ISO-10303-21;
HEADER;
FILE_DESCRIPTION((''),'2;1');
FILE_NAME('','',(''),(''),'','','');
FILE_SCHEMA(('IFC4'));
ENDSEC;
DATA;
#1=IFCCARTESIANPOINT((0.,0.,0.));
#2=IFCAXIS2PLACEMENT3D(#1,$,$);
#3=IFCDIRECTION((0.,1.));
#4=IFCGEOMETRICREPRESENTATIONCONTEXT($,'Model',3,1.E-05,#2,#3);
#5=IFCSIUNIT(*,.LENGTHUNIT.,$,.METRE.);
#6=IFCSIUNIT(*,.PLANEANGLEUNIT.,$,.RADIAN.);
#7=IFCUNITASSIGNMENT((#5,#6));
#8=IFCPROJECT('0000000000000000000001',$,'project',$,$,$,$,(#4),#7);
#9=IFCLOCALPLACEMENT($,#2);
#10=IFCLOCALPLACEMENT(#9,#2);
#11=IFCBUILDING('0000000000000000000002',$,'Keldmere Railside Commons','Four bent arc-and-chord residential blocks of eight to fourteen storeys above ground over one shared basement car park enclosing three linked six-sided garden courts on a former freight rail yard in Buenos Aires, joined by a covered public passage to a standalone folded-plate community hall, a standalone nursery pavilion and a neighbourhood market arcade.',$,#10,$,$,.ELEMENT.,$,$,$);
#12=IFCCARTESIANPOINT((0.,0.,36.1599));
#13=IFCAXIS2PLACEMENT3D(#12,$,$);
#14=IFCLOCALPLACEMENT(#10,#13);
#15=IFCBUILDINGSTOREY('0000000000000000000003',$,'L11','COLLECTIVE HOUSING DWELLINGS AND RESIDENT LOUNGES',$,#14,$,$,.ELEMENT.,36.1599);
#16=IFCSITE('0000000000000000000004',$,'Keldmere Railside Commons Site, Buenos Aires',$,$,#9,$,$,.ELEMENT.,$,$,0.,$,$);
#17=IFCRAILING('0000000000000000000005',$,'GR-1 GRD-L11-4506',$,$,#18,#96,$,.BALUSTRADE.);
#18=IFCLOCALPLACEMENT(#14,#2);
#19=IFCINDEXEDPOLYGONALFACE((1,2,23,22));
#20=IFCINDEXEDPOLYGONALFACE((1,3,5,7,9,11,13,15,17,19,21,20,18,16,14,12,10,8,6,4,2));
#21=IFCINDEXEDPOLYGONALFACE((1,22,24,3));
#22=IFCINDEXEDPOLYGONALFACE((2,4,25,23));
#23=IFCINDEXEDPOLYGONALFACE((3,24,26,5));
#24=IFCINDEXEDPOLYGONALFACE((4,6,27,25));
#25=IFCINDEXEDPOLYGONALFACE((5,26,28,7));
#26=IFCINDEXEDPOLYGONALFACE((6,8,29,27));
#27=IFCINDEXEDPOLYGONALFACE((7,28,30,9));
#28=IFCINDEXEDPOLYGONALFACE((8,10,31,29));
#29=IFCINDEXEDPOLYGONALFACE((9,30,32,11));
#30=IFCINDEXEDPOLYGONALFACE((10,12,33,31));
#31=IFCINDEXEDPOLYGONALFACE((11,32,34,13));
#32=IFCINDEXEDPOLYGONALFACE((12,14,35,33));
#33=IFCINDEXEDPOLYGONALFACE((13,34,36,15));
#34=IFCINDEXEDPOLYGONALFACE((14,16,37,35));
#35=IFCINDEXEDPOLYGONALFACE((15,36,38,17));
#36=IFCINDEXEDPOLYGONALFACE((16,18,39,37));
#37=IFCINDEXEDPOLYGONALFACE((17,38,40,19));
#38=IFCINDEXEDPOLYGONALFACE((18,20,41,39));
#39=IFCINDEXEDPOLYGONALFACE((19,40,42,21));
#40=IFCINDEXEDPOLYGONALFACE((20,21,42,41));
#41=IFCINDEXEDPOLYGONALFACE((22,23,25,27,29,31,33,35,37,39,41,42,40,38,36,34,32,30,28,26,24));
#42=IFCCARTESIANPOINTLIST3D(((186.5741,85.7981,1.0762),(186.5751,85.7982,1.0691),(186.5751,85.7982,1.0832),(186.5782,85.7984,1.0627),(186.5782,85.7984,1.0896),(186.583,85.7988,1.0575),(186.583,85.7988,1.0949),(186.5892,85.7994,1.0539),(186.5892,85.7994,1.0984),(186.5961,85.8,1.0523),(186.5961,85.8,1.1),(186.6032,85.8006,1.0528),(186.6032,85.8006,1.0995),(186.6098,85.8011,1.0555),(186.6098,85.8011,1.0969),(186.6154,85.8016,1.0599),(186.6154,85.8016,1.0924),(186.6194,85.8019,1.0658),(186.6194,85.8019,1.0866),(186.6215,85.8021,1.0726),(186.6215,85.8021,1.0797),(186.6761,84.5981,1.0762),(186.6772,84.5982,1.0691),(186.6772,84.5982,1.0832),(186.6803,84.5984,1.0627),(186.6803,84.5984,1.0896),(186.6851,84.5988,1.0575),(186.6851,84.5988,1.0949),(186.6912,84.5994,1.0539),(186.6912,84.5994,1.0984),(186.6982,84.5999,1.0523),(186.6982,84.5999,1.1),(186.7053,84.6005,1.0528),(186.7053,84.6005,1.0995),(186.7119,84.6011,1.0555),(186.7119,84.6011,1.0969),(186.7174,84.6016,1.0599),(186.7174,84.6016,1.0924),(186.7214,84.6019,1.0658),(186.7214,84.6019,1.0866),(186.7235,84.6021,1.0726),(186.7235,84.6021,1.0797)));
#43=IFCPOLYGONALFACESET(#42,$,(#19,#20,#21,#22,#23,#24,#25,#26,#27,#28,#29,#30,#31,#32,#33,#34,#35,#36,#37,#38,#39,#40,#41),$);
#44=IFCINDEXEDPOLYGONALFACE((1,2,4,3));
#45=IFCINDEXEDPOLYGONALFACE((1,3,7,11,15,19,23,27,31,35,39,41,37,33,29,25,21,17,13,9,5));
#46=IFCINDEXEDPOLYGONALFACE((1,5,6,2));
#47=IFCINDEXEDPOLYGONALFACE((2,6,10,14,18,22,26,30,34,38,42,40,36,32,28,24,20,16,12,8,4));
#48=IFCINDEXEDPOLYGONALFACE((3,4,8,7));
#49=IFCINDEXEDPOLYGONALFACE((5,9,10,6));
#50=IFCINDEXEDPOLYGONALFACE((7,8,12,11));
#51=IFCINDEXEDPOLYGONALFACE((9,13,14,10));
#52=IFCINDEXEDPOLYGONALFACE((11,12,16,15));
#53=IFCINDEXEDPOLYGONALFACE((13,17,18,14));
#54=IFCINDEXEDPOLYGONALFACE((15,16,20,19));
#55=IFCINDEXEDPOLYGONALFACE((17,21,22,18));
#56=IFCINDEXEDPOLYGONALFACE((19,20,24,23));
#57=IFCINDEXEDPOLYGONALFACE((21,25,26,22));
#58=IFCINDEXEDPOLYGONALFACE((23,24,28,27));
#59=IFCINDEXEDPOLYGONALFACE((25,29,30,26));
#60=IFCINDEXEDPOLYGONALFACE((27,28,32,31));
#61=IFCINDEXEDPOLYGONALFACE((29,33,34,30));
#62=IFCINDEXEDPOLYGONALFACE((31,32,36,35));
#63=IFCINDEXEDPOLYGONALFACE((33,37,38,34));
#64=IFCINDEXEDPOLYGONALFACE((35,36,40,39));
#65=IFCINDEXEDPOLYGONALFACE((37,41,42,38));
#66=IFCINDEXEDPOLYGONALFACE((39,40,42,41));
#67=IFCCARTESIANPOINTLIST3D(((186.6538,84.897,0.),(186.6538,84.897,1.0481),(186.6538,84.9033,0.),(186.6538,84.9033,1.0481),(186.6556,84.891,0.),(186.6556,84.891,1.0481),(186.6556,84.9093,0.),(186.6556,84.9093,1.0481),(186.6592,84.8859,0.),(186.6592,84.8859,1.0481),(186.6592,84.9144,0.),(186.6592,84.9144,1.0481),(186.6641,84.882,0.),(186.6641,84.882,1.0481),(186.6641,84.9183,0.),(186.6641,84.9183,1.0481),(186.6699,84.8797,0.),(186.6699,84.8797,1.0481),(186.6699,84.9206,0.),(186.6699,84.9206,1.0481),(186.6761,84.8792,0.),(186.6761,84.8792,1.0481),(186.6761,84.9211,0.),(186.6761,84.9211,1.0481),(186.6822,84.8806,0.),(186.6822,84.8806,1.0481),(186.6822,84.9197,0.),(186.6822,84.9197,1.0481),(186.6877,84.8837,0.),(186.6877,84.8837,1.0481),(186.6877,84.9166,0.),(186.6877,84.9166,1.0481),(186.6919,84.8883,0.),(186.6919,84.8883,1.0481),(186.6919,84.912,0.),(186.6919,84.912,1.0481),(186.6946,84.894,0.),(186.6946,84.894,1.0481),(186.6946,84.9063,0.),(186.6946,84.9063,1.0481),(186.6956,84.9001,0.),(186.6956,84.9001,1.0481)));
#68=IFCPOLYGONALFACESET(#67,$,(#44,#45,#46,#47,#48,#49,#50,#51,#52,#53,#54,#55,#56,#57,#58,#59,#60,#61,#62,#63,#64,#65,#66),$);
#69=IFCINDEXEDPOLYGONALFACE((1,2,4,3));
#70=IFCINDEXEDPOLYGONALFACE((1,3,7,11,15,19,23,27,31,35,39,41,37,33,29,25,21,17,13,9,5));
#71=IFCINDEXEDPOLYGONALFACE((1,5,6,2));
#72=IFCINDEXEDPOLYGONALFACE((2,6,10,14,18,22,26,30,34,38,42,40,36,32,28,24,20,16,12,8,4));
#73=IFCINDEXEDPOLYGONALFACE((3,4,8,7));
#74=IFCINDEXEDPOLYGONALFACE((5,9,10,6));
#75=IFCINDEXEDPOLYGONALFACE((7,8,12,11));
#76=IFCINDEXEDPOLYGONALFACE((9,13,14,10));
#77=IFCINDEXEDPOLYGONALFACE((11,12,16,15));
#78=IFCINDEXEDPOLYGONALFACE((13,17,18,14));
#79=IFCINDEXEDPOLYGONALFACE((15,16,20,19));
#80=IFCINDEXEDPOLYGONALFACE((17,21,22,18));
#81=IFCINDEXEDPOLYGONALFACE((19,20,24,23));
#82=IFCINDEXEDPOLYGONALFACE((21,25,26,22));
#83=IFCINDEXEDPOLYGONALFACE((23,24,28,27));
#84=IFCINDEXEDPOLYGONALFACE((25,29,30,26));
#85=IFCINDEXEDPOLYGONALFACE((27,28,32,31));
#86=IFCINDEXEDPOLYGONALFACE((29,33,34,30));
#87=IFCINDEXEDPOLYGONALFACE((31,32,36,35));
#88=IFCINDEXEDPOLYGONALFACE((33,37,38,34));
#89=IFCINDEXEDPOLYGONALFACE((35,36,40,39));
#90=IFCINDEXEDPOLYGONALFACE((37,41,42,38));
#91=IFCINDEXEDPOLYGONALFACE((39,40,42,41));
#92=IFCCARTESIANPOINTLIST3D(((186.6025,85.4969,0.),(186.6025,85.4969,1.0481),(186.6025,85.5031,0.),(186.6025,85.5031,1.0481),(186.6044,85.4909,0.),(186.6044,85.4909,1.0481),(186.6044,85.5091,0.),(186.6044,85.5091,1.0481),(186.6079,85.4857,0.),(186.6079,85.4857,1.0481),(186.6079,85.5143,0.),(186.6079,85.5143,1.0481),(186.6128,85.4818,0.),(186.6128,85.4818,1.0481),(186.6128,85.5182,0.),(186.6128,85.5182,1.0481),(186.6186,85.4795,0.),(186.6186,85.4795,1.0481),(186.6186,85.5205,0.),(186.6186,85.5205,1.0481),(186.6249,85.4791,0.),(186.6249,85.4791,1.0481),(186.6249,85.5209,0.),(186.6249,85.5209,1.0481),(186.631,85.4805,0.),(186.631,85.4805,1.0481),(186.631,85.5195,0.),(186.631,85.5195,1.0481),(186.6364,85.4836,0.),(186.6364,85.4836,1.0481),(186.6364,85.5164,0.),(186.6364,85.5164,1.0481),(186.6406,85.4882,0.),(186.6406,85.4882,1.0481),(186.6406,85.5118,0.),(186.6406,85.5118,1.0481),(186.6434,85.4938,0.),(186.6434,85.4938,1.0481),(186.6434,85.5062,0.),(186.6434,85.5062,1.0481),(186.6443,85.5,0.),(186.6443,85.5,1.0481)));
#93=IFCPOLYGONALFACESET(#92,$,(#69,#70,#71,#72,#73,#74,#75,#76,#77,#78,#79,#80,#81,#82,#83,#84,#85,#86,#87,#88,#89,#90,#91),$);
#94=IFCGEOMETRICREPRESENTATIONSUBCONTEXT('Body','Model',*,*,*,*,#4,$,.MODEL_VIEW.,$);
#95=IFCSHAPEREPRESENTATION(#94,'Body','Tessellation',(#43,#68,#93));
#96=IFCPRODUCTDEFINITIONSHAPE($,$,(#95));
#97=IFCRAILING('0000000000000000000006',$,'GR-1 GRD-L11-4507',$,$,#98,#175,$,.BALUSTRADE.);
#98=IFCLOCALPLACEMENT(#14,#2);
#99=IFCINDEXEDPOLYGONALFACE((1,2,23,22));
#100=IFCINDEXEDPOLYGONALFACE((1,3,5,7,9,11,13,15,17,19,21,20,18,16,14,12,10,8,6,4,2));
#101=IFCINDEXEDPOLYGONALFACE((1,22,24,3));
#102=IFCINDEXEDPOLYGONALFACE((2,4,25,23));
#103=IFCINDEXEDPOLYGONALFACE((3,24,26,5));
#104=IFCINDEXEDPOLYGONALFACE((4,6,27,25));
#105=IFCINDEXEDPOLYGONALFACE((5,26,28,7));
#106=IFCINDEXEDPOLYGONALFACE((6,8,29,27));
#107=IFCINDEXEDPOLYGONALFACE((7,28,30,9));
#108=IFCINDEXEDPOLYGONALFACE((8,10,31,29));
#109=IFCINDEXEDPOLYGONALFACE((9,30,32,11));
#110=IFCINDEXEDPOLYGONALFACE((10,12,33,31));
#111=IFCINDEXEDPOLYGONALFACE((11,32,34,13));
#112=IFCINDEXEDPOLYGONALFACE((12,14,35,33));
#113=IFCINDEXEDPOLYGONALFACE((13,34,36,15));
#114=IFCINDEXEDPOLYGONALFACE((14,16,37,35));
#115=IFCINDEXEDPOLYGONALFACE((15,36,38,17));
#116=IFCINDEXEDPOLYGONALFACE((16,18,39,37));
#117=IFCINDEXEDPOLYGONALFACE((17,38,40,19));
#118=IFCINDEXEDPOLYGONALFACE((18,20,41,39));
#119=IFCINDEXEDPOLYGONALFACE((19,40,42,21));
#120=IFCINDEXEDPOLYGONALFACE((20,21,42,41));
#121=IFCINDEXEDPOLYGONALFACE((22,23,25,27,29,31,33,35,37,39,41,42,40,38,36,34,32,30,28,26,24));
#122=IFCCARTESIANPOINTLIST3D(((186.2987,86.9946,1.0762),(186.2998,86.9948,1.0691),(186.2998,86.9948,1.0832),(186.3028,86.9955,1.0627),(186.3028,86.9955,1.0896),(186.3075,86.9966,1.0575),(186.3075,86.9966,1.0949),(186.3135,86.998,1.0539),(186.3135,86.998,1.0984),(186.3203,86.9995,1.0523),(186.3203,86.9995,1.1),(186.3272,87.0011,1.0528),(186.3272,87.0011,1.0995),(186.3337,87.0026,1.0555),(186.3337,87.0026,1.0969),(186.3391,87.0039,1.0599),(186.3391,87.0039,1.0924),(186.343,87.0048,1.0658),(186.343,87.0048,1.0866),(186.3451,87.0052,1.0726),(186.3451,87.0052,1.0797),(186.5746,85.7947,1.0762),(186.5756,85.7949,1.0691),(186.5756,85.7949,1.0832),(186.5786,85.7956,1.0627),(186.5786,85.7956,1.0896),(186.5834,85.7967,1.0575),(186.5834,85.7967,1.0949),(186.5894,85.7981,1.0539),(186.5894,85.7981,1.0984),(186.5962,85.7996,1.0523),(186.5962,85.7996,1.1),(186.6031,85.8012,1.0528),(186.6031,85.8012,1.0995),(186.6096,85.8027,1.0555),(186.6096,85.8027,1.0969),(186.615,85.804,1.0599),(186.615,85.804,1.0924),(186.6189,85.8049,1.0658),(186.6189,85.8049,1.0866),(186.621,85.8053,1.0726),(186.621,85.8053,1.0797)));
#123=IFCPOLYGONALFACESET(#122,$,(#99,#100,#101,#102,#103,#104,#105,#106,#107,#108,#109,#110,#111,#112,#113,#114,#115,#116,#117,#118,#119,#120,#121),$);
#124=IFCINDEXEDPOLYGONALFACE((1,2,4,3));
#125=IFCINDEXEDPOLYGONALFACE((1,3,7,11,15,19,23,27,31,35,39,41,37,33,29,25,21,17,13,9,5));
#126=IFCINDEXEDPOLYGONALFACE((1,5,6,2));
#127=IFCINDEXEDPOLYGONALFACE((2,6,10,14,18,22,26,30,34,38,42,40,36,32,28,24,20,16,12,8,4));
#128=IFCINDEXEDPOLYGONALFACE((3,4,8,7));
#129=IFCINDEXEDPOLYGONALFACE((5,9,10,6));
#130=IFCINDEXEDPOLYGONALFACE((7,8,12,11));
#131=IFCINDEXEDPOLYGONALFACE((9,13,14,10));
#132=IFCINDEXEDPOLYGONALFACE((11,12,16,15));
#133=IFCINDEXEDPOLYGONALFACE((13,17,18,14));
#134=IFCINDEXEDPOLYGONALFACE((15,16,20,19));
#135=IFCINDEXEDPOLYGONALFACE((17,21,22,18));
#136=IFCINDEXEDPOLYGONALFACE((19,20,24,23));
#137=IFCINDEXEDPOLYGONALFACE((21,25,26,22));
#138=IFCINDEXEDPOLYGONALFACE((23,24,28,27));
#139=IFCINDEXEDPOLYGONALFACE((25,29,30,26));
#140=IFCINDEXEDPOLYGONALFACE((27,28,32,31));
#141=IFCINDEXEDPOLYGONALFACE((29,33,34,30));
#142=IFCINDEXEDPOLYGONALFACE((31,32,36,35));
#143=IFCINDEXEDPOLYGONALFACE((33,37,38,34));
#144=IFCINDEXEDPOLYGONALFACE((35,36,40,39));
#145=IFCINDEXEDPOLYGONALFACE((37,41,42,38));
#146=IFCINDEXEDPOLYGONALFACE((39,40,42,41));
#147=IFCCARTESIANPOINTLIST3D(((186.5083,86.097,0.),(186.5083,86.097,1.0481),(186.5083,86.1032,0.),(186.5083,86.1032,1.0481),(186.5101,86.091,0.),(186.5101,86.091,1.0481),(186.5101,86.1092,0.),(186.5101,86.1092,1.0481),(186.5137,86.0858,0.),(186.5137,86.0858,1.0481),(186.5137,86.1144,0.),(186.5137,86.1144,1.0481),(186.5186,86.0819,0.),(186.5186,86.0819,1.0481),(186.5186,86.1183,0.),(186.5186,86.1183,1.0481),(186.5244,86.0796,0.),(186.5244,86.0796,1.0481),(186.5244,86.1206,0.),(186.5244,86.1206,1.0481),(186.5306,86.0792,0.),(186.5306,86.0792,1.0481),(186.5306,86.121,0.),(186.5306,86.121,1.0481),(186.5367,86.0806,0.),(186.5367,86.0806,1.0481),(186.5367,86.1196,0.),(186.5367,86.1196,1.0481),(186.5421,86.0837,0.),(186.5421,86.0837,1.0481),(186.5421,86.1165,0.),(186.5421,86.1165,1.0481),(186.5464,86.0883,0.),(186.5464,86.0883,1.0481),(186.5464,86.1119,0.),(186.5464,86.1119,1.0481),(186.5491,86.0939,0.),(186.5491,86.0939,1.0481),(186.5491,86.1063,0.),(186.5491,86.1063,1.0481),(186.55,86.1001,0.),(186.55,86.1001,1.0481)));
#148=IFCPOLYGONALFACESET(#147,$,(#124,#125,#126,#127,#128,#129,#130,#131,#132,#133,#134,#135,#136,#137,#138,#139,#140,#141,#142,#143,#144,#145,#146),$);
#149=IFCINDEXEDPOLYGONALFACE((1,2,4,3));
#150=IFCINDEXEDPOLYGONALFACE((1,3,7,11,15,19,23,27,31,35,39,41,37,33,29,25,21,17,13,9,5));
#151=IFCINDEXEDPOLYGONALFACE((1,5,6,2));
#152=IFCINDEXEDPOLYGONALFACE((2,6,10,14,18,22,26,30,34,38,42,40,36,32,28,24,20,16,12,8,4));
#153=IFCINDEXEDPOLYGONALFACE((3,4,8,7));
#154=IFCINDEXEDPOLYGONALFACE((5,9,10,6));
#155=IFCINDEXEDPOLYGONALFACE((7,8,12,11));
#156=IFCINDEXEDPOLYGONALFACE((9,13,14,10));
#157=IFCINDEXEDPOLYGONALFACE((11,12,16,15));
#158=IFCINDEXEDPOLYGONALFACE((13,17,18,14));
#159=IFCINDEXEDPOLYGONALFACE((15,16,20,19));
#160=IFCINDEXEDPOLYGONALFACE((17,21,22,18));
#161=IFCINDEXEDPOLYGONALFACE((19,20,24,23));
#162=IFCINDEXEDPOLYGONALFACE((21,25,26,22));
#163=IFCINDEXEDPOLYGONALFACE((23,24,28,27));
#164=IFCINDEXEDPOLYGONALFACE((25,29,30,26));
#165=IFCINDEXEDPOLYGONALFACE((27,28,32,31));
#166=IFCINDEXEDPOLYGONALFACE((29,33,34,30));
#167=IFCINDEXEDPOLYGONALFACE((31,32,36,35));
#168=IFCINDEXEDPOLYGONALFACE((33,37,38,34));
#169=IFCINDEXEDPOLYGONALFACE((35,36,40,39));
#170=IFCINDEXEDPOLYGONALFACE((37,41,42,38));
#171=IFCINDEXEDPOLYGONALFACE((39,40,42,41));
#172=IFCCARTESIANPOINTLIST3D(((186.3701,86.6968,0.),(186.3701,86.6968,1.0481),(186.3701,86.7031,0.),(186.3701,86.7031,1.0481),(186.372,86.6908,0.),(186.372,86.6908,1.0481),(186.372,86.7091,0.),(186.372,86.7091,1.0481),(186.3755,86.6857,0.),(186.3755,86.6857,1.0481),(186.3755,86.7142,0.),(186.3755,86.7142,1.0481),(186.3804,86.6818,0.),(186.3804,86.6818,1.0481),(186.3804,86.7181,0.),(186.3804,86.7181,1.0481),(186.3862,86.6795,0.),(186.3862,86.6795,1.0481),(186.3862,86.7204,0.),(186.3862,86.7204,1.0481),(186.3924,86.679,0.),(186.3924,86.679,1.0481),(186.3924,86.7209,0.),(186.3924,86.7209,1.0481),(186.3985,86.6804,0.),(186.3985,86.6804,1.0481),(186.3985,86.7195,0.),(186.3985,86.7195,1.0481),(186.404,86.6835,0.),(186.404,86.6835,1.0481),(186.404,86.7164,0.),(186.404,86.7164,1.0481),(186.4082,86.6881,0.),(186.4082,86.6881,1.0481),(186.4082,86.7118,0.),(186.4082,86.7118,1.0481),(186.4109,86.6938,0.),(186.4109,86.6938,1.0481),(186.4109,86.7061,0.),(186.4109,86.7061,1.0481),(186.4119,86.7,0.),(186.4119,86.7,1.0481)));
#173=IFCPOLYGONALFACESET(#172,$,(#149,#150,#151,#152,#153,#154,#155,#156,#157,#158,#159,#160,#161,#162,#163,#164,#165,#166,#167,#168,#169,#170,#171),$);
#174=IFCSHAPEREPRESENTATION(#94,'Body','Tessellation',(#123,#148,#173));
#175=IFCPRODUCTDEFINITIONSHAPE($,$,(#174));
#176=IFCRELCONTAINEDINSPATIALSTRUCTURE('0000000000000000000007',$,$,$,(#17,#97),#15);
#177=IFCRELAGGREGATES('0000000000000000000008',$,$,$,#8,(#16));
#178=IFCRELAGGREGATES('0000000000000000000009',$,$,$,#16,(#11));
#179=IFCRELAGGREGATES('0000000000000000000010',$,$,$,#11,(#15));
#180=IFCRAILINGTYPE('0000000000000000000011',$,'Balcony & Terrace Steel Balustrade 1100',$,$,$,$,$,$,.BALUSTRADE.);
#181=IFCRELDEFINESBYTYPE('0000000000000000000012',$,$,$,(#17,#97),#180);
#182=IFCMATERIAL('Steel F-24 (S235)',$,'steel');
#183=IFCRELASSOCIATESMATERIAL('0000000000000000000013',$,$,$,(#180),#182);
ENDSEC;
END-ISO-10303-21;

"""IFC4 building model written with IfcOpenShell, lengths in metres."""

from ifc_helpers import new_model, si_unit, direction, frame, origin, origin_2d, place, context, subcontext, project, spatial, circle, extrude, material, type_object, element, save


model = new_model("IFC4")

# Units and contexts
model_context = context("Model", 3, precision=1e-05, world=origin(), true_north=direction((0.0, 1.0)))
body_context = subcontext(model_context, "Body", "Model", "MODEL_VIEW")
ifc_project = project(units=[si_unit("LENGTHUNIT", "METRE"), si_unit("PLANEANGLEUNIT", "RADIAN")], contexts=[model_context])

# Site, building, storey
site_placement = place(None, origin())
site = spatial("IfcSite", under=ifc_project, at=site_placement, Name="Keldmere Railside Commons Site, Buenos Aires", CompositionType="ELEMENT", RefElevation=0.0)
building_placement = place(site_placement, origin())
building = spatial("IfcBuilding", under=site, at=building_placement, Name="Keldmere Railside Commons", Description="Four bent arc-and-chord residential blocks of eight to fourteen storeys above ground over one shared basement car park enclosing three linked six-sided garden courts on a former freight rail yard in Buenos Aires, joined by a covered public passage to a standalone folded-plate community hall, a standalone nursery pavilion and a neighbourhood market arcade.", CompositionType="ELEMENT")
storey_placement = place(building_placement, frame((0.0, 0.0, 36.1599)))
storey = spatial("IfcBuildingStorey", under=building, at=storey_placement, Name="L11", Description="COLLECTIVE HOUSING DWELLINGS AND RESIDENT LOUNGES", CompositionType="ELEMENT", Elevation=36.1599)

# Railings
ifc_material_1 = material(Name="Steel F-24 (S235)", Category="steel")
railing_type = type_object("IfcRailingType", Name="Balcony & Terrace Steel Balustrade 1100", PredefinedType="BALUSTRADE", material=ifc_material_1)
railing_1_placement = place(storey_placement, frame((186.7, 84.6001, 0.0)))
element("IfcRailing", 1, at=railing_1_placement, inside=storey, type_object=railing_type, Name="GR-1 GRD-L11-4506", PredefinedType="BALUSTRADE", context=body_context, shape_type="SweptSolid", body=[
    extrude(circle(Radius=0.0239, at=origin_2d()), frame((0.0, 0.0, 1.0762), z_axis=(-0.08474, 0.996403, 0.0), x_axis=(-0.996403, -0.08474, 0.0)), (0.0, 0.0, 1.0), 1.2043),
    extrude(circle(Radius=0.021, at=origin_2d()), frame((-0.0254, 0.3, 0.0)), (0.0, 0.0, 1.0), 1.0481),
    extrude(circle(Radius=0.021, at=origin_2d()), frame((-0.0767, 0.8999, 0.0)), (0.0, 0.0, 1.0), 1.0481),
])
railing_2_placement = place(storey_placement, frame((186.5979, 85.8, 0.0)))
element("IfcRailing", 2, at=railing_2_placement, inside=storey, type_object=railing_type, Name="GR-1 GRD-L11-4507", PredefinedType="BALUSTRADE", context=body_context, shape_type="SweptSolid", body=[
    extrude(circle(Radius=0.0239, at=origin_2d()), frame((0.0, 0.0, 1.0762), z_axis=(-0.224063, 0.974575, 0.0), x_axis=(-0.974575, -0.224063, 0.0)), (0.0, 0.0, 1.0), 1.2312),
    extrude(circle(Radius=0.021, at=origin_2d()), frame((-0.0688, 0.3, 0.0)), (0.0, 0.0, 1.0), 1.0481),
    extrude(circle(Radius=0.021, at=origin_2d()), frame((-0.207, 0.8999, 0.0)), (0.0, 0.0, 1.0), 1.0481),
])

save(model, "model.ifc")
